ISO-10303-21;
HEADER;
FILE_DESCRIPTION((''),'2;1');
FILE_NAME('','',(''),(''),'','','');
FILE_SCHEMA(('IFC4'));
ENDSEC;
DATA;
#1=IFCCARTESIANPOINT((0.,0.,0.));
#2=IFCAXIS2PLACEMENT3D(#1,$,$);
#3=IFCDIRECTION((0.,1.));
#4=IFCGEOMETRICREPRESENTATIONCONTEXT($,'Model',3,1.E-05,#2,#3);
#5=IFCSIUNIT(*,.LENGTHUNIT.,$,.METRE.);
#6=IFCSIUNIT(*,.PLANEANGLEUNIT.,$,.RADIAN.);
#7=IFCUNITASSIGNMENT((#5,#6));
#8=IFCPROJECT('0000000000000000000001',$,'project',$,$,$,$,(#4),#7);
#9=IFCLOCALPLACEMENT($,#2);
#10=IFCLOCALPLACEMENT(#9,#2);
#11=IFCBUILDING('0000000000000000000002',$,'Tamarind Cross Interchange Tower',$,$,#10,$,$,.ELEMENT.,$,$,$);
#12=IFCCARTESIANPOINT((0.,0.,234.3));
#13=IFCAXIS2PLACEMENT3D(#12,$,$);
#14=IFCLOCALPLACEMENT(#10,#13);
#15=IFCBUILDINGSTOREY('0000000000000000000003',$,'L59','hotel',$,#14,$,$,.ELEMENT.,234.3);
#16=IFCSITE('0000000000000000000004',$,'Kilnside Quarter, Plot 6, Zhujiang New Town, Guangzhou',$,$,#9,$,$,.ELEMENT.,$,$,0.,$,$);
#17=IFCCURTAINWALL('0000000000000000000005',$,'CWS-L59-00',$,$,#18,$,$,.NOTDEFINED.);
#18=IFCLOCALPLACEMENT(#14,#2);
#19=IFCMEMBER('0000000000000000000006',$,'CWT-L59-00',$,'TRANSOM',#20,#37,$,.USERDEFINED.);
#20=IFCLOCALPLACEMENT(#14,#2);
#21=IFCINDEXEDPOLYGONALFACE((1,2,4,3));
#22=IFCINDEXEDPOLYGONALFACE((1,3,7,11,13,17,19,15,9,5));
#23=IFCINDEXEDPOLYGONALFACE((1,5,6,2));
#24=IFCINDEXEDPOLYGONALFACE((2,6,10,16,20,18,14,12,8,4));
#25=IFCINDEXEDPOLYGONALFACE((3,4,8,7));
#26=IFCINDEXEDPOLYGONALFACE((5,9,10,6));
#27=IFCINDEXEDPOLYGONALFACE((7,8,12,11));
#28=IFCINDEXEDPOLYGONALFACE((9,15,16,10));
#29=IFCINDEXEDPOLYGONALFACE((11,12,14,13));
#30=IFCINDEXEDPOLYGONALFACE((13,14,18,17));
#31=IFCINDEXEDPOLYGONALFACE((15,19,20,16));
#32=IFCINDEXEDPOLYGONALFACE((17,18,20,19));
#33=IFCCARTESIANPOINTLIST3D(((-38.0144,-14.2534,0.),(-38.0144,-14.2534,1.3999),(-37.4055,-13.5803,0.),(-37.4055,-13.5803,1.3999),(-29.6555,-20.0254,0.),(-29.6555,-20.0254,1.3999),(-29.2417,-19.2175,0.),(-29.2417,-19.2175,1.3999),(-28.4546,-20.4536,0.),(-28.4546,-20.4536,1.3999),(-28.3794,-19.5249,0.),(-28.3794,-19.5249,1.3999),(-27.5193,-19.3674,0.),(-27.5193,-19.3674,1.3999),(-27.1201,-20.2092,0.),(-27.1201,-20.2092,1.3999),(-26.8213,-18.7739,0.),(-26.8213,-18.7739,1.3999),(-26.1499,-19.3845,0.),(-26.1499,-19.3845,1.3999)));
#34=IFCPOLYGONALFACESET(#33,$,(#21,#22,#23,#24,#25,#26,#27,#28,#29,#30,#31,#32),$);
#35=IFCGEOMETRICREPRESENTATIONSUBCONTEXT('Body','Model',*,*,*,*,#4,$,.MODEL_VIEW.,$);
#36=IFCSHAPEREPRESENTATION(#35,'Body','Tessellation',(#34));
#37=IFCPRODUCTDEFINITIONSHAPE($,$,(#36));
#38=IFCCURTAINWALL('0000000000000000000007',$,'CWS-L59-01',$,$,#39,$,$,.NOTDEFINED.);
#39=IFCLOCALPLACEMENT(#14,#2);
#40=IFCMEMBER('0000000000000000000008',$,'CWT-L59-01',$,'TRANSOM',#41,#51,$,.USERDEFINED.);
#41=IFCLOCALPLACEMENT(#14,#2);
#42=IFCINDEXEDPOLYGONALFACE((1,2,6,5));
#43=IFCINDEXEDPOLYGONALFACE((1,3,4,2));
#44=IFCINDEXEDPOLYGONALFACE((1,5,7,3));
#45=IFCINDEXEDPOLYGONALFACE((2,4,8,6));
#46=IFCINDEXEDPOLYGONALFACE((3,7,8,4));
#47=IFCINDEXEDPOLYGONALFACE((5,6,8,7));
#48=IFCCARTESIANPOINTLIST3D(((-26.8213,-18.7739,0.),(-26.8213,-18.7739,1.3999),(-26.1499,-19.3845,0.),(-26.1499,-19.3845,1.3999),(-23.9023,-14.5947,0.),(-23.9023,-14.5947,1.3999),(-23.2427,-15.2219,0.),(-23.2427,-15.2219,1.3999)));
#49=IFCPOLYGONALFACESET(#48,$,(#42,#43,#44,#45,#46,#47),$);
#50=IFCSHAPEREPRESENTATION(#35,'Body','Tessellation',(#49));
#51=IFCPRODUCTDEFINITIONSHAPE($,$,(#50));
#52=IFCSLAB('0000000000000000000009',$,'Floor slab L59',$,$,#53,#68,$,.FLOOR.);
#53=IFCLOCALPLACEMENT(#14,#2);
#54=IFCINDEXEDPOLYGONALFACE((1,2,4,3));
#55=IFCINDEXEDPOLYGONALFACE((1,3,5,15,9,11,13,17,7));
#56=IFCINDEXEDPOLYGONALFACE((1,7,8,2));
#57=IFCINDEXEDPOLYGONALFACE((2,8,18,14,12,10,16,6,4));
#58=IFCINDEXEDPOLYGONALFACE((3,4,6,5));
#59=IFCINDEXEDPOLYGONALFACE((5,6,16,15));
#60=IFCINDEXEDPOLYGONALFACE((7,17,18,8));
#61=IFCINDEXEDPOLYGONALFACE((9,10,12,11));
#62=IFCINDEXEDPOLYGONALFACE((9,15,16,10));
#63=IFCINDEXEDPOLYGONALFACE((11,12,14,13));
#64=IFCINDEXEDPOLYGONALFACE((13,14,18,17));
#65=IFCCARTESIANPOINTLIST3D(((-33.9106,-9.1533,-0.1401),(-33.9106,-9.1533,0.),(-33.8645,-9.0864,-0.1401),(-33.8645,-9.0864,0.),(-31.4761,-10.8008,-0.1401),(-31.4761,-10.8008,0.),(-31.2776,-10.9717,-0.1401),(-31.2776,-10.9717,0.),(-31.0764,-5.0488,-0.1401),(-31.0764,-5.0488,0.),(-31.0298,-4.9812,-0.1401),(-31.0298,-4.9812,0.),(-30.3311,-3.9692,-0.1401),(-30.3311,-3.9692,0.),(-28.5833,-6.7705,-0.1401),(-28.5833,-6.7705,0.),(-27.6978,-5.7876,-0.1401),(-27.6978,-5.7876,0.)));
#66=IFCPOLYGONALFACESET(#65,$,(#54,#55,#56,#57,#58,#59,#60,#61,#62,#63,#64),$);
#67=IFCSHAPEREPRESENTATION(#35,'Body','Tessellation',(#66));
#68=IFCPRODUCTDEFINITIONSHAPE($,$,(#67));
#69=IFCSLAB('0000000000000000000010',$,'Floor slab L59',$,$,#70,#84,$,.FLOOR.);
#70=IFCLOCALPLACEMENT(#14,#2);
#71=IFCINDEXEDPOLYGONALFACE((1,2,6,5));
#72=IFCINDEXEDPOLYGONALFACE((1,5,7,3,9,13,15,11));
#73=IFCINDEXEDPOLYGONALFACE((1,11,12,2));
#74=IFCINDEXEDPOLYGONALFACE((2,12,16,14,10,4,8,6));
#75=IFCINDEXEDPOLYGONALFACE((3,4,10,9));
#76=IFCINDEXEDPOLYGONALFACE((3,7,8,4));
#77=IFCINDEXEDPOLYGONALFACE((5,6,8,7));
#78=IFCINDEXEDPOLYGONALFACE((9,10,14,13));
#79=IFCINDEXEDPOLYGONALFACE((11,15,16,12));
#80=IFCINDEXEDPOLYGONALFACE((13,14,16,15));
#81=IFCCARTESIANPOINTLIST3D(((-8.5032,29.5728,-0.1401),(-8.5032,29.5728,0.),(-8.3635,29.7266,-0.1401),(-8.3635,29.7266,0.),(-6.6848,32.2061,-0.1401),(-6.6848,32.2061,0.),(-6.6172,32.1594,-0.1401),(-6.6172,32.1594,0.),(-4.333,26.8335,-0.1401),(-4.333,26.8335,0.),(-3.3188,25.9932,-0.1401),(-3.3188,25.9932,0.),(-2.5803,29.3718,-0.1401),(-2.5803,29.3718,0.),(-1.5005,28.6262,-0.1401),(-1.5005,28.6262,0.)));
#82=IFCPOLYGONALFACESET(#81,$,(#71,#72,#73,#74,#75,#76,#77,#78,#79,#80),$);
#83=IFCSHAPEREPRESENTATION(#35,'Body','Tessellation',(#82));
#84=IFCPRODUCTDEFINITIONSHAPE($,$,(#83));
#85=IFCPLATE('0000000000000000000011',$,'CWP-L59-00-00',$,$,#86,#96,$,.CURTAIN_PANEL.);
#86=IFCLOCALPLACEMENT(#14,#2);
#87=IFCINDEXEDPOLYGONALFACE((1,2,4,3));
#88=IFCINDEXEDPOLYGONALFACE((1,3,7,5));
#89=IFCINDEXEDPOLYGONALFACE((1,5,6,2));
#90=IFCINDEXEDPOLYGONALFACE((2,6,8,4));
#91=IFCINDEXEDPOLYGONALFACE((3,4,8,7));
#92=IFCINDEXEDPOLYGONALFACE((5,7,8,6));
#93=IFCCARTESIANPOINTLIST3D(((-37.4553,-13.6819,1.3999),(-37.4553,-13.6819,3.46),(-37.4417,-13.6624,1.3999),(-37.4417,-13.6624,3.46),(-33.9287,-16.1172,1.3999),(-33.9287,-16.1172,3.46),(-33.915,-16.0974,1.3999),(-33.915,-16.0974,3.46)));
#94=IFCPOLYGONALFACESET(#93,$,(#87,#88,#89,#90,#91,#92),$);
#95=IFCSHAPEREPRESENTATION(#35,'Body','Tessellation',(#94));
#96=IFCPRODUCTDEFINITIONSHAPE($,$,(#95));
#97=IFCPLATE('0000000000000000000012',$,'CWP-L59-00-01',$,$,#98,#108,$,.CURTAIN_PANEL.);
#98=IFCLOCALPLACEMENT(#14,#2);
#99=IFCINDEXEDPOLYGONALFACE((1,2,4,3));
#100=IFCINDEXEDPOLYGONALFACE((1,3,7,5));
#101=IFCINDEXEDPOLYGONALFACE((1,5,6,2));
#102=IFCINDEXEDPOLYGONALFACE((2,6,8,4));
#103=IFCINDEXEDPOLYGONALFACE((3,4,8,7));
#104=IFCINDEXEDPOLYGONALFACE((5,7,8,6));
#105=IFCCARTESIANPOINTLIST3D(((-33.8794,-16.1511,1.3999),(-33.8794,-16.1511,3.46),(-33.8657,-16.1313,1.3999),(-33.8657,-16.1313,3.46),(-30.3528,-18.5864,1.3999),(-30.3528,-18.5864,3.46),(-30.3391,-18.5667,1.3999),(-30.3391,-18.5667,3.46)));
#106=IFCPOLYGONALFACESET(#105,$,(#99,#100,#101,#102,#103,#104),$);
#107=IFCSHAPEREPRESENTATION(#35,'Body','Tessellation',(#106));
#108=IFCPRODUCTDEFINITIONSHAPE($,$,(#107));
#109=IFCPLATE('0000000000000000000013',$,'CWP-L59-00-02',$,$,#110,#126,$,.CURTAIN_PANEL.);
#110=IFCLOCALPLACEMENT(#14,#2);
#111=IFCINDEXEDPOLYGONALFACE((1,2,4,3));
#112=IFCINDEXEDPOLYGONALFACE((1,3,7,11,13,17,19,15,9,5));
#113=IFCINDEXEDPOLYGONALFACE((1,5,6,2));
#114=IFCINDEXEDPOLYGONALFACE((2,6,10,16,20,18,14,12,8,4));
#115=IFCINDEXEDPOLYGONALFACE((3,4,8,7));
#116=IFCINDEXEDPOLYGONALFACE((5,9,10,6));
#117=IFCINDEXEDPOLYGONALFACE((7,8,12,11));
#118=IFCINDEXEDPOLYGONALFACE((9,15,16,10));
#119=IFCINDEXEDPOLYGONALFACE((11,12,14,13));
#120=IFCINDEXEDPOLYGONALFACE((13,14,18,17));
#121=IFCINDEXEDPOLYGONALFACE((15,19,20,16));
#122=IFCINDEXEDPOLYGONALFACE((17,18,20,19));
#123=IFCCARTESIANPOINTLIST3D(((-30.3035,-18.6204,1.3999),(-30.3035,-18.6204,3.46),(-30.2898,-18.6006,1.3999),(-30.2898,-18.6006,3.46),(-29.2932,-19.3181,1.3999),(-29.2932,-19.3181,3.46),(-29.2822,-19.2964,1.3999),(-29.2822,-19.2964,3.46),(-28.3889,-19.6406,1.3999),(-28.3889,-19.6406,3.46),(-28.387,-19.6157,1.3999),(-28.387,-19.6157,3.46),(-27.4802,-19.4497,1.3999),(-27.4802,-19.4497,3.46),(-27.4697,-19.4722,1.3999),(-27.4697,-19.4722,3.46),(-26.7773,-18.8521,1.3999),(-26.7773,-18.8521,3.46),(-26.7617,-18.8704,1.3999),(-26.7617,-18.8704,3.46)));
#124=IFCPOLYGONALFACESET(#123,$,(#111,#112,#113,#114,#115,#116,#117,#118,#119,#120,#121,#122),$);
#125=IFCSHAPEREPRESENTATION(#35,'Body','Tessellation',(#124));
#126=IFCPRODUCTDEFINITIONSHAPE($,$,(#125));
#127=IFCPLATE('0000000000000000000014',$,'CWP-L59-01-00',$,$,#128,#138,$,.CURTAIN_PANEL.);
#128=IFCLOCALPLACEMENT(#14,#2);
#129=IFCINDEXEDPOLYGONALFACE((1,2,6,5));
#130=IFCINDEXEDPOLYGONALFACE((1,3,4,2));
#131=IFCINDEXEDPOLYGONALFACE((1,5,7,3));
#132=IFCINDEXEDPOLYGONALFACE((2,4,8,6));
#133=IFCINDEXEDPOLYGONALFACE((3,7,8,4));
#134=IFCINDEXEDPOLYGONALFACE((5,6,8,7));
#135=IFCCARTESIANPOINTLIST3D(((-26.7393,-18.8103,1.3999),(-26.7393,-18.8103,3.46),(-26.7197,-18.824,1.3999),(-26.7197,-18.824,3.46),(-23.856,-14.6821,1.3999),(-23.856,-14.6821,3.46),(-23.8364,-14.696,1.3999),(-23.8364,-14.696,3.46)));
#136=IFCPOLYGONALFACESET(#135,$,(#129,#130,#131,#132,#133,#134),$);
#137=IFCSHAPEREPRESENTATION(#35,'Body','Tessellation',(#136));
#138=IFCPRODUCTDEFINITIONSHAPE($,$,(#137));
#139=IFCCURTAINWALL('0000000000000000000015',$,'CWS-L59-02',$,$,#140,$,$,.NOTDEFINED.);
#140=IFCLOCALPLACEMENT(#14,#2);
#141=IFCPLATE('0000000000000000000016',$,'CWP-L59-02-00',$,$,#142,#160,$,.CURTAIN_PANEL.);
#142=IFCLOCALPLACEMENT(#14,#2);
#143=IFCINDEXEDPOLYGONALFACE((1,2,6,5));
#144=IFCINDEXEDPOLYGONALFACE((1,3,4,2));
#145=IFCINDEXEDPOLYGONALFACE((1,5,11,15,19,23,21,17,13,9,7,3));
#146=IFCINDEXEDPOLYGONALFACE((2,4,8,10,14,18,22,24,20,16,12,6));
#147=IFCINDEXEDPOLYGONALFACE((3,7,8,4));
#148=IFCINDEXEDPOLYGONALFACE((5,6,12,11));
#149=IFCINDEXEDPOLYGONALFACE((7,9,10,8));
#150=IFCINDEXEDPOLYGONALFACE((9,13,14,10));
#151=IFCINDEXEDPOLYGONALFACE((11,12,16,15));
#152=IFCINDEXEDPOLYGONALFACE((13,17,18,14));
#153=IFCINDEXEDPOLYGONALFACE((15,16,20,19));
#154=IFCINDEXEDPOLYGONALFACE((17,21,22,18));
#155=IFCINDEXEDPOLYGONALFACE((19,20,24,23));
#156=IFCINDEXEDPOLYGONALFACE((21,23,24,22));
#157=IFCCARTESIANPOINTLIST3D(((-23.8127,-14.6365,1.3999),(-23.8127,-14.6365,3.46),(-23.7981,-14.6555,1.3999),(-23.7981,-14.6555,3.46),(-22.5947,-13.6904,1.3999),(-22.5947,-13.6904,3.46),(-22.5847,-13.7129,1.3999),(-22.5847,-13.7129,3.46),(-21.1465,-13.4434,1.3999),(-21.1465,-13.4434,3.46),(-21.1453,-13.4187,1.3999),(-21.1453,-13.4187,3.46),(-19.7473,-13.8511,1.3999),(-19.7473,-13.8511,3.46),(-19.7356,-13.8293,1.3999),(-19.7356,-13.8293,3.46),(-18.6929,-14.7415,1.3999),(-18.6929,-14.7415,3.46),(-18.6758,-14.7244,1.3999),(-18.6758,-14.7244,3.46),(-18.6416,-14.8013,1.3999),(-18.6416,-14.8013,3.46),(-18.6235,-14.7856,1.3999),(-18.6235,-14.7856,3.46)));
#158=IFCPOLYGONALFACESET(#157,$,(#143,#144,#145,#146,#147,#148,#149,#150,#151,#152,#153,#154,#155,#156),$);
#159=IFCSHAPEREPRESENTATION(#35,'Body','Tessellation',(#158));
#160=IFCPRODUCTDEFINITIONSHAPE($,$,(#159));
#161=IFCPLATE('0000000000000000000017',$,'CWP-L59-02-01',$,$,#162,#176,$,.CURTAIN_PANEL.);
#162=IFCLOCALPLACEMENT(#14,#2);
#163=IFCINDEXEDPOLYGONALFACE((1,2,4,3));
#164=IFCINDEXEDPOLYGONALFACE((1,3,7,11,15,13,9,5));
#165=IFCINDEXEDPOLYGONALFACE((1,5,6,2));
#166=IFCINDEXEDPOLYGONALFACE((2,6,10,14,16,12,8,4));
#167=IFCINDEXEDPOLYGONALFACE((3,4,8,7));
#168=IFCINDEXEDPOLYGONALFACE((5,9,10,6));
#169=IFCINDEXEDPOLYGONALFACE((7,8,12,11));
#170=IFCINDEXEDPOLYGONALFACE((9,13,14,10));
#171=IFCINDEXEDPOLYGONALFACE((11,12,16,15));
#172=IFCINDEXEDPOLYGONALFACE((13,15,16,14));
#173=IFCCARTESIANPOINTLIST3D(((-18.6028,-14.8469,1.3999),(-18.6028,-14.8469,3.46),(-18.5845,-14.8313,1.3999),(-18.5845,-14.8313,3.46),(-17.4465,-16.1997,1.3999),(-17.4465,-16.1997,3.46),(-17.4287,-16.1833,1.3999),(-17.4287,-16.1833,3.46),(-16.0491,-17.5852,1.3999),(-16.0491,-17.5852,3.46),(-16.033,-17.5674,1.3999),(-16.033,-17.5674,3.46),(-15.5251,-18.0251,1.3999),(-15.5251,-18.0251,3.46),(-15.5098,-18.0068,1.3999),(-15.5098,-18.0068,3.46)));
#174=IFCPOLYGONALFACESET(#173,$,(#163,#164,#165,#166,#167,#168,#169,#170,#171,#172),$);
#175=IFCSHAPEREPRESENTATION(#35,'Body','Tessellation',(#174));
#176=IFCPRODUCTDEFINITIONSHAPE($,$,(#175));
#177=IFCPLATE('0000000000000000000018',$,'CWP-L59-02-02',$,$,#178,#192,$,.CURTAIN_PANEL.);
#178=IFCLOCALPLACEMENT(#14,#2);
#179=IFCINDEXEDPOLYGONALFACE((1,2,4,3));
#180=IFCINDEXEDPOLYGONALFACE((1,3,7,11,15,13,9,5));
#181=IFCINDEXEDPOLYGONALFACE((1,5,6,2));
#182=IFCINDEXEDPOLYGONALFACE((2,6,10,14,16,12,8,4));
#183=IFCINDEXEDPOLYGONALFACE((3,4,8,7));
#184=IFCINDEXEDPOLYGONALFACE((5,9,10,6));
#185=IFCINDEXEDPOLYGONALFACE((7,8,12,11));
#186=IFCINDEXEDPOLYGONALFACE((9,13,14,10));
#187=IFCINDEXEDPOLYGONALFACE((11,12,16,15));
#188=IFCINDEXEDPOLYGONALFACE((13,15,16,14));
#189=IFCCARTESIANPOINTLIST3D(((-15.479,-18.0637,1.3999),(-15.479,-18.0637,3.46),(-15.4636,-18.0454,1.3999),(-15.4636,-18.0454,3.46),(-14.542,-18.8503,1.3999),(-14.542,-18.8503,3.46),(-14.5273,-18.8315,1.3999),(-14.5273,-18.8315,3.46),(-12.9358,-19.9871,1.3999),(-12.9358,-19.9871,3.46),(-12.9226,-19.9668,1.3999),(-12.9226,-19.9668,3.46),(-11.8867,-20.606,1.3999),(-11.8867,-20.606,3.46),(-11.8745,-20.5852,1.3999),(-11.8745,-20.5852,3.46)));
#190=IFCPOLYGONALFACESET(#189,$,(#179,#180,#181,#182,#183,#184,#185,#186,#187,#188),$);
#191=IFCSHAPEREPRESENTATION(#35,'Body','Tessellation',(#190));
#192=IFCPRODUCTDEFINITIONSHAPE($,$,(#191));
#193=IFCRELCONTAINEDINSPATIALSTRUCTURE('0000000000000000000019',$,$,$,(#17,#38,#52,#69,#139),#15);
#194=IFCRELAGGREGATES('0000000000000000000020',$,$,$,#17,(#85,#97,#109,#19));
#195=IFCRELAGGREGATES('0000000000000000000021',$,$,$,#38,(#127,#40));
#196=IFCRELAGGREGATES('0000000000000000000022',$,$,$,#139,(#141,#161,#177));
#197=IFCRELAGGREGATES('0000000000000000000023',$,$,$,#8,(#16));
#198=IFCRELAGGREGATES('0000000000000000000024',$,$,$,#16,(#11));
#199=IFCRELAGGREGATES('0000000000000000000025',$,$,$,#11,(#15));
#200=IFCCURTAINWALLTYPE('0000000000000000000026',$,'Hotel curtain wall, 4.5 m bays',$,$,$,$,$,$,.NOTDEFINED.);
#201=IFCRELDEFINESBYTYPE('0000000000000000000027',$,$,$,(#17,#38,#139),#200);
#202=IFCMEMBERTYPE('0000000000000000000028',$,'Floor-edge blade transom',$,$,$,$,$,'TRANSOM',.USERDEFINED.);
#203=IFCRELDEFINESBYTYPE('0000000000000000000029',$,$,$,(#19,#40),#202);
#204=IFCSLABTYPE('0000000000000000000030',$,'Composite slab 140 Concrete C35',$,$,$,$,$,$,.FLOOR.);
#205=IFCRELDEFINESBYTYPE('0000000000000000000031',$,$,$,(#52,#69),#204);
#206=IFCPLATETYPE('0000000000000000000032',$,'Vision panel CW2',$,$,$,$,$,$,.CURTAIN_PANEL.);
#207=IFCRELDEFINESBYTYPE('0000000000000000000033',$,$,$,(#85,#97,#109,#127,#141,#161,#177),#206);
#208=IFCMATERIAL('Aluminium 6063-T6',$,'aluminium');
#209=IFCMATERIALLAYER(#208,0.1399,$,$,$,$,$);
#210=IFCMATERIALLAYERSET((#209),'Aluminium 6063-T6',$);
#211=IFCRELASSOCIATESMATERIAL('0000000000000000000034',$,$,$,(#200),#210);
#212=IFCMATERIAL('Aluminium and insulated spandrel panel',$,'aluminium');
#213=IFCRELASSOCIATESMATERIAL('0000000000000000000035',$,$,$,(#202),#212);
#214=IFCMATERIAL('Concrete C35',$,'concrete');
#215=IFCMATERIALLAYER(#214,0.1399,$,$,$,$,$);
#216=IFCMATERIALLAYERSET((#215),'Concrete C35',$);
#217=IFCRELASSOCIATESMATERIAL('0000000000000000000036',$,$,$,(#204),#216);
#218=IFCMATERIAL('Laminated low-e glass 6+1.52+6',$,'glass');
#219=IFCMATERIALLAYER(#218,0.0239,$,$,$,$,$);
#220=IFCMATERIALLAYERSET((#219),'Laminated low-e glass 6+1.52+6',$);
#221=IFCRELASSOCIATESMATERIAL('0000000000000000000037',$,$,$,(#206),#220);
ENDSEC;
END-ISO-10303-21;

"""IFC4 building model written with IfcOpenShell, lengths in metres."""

from ifc_helpers import new_model, si_unit, direction, frame, origin, place, context, subcontext, project, spatial, polyline, outline, extrude, material, layer, layer_set, type_object, element, aggregate, save


model = new_model("IFC4")

# Units and contexts
model_context = context("Model", 3, precision=1e-05, world=origin(), true_north=direction((0.0, 1.0)))
body_context = subcontext(model_context, "Body", "Model", "MODEL_VIEW")
ifc_project = project(units=[si_unit("LENGTHUNIT", "METRE"), si_unit("PLANEANGLEUNIT", "RADIAN")], contexts=[model_context])

# Site, building, storey
site_placement = place(None, origin())
site = spatial("IfcSite", under=ifc_project, at=site_placement, Name="Kilnside Quarter, Plot 6, Zhujiang New Town, Guangzhou", CompositionType="ELEMENT", RefElevation=0.0)
building_placement = place(site_placement, origin())
building = spatial("IfcBuilding", under=site, at=building_placement, Name="Tamarind Cross Interchange Tower", CompositionType="ELEMENT")
storey_placement = place(building_placement, frame((0.0, 0.0, 234.3)))
storey = spatial("IfcBuildingStorey", under=building, at=storey_placement, Name="L59", Description="hotel", CompositionType="ELEMENT", Elevation=234.3)

# Curtain walls, members
ifc_material_1 = material(Name="Aluminium 6063-T6", Category="aluminium")
ifc_layer_1 = layer(ifc_material_1, 0.1399)
ifc_layer_set_1 = layer_set([ifc_layer_1], Name="Aluminium 6063-T6")
curtain_wall_type = type_object("IfcCurtainWallType", Name="Hotel curtain wall, 4.5 m bays", PredefinedType="NOTDEFINED", material=ifc_layer_set_1)
curtain_wall_1_placement = place(storey_placement, origin())
curtain_wall_1 = element("IfcCurtainWall", 1, at=curtain_wall_1_placement, inside=storey, type_object=curtain_wall_type, Name="CWS-L59-00", PredefinedType="NOTDEFINED")
ifc_material_2 = material(Name="Aluminium and insulated spandrel panel", Category="aluminium")
member_type = type_object("IfcMemberType", Name="Floor-edge blade transom", ElementType="TRANSOM", PredefinedType="USERDEFINED", material=ifc_material_2)
member_1_placement = place(storey_placement, origin())
member_1 = element("IfcMember", 2, at=member_1_placement, type_object=member_type, Name="CWT-L59-00", ObjectType="TRANSOM", PredefinedType="USERDEFINED", context=body_context, shape_type="SweptSolid", body=[
    extrude(outline(polyline([(-37.4055, -13.5803), (-29.2417, -19.2175), (-28.3794, -19.5249), (-27.5193, -19.3674), (-26.8213, -18.7739), (-26.1499, -19.3845), (-27.1201, -20.2092), (-28.4546, -20.4536), (-29.6555, -20.0254), (-38.0144, -14.2534), (-37.4055, -13.5803)])), origin(), (0.0, 0.0, 1.0), 1.3999),
])
curtain_wall_2_placement = place(storey_placement, origin())
curtain_wall_2 = element("IfcCurtainWall", 3, at=curtain_wall_2_placement, inside=storey, type_object=curtain_wall_type, Name="CWS-L59-01", PredefinedType="NOTDEFINED")
member_2_placement = place(storey_placement, origin())
member_2 = element("IfcMember", 4, at=member_2_placement, type_object=member_type, Name="CWT-L59-01", ObjectType="TRANSOM", PredefinedType="USERDEFINED", context=body_context, shape_type="SweptSolid", body=[
    extrude(outline(polyline([(-26.8213, -18.7739), (-23.9023, -14.5947), (-23.2427, -15.2219), (-26.1499, -19.3845), (-26.8213, -18.7739)])), origin(), (0.0, 0.0, 1.0), 1.3999),
])

# Slabs
ifc_material_3 = material(Name="Concrete C35", Category="concrete")
ifc_layer_2 = layer(ifc_material_3, 0.1399)
ifc_layer_set_2 = layer_set([ifc_layer_2], Name="Concrete C35")
slab_type = type_object("IfcSlabType", Name="Composite slab 140 Concrete C35", PredefinedType="FLOOR", material=ifc_layer_set_2)
slab_1_placement = place(storey_placement, frame((0.0, 0.0, -0.1401)))
element("IfcSlab", 5, at=slab_1_placement, inside=storey, type_object=slab_type, Name="Floor slab L59", PredefinedType="FLOOR", context=body_context, shape_type="SweptSolid", body=[
    extrude(outline(polyline([(-33.9106, -9.1533), (-31.2776, -10.9717), (-27.6978, -5.7876), (-30.3311, -3.9692), (-31.0298, -4.9812), (-31.0764, -5.0488), (-28.5833, -6.7705), (-31.4761, -10.8008), (-33.8645, -9.0864), (-33.9106, -9.1533)])), origin(), (0.0, 0.0, 1.0), 0.1401),
])
slab_2_placement = place(storey_placement, frame((0.0, 0.0, -0.1401)))
element("IfcSlab", 6, at=slab_2_placement, inside=storey, type_object=slab_type, Name="Floor slab L59", PredefinedType="FLOOR", context=body_context, shape_type="SweptSolid", body=[
    extrude(outline(polyline([(-6.6848, 32.2061), (-8.5032, 29.5728), (-3.3188, 25.9932), (-1.5005, 28.6262), (-2.5803, 29.3718), (-4.333, 26.8335), (-8.3635, 29.7266), (-6.6172, 32.1594), (-6.6848, 32.2061)])), origin(), (0.0, 0.0, 1.0), 0.1401),
])

# Plates
ifc_material_4 = material(Name="Laminated low-e glass 6+1.52+6", Category="glass")
ifc_layer_3 = layer(ifc_material_4, 0.0239)
ifc_layer_set_3 = layer_set([ifc_layer_3], Name="Laminated low-e glass 6+1.52+6")
plate_type = type_object("IfcPlateType", Name="Vision panel CW2", PredefinedType="CURTAIN_PANEL", material=ifc_layer_set_3)
plate_1_placement = place(storey_placement, frame((0.0, 0.0, 1.3999)))
plate_1 = element("IfcPlate", 7, at=plate_1_placement, type_object=plate_type, Name="CWP-L59-00-00", PredefinedType="CURTAIN_PANEL", context=body_context, shape_type="SweptSolid", body=[
    extrude(outline(polyline([(-37.4417, -13.6624), (-33.915, -16.0974), (-33.9287, -16.1172), (-37.4553, -13.6819), (-37.4417, -13.6624)])), origin(), (0.0, 0.0, 1.0), 2.0601),
])
plate_2_placement = place(storey_placement, frame((0.0, 0.0, 1.3999)))
plate_2 = element("IfcPlate", 8, at=plate_2_placement, type_object=plate_type, Name="CWP-L59-00-01", PredefinedType="CURTAIN_PANEL", context=body_context, shape_type="SweptSolid", body=[
    extrude(outline(polyline([(-33.8657, -16.1313), (-30.3391, -18.5667), (-30.3528, -18.5864), (-33.8794, -16.1511), (-33.8657, -16.1313)])), origin(), (0.0, 0.0, 1.0), 2.0601),
])
plate_3_placement = place(storey_placement, frame((0.0, 0.0, 1.3999)))
plate_3 = element("IfcPlate", 9, at=plate_3_placement, type_object=plate_type, Name="CWP-L59-00-02", PredefinedType="CURTAIN_PANEL", context=body_context, shape_type="SweptSolid", body=[
    extrude(outline(polyline([(-30.2898, -18.6006), (-29.2822, -19.2964), (-28.387, -19.6157), (-27.4802, -19.4497), (-26.7773, -18.8521), (-26.7617, -18.8704), (-27.4697, -19.4722), (-28.3889, -19.6406), (-29.2932, -19.3181), (-30.3035, -18.6204), (-30.2898, -18.6006)])), origin(), (0.0, 0.0, 1.0), 2.0601),
])
aggregate(curtain_wall_1, [plate_1, plate_2, plate_3, member_1])
plate_4_placement = place(storey_placement, frame((0.0, 0.0, 1.3999)))
plate_4 = element("IfcPlate", 10, at=plate_4_placement, type_object=plate_type, Name="CWP-L59-01-00", PredefinedType="CURTAIN_PANEL", context=body_context, shape_type="SweptSolid", body=[
    extrude(outline(polyline([(-26.7393, -18.8103), (-23.856, -14.6821), (-23.8364, -14.696), (-26.7197, -18.824), (-26.7393, -18.8103)])), origin(), (0.0, 0.0, 1.0), 2.0601),
])
aggregate(curtain_wall_2, [plate_4, member_2])

# Curtain wall, plates
curtain_wall_3_placement = place(storey_placement, origin())
curtain_wall_3 = element("IfcCurtainWall", 11, at=curtain_wall_3_placement, inside=storey, type_object=curtain_wall_type, Name="CWS-L59-02", PredefinedType="NOTDEFINED")
plate_5_placement = place(storey_placement, frame((0.0, 0.0, 1.3999)))
plate_5 = element("IfcPlate", 12, at=plate_5_placement, type_object=plate_type, Name="CWP-L59-02-00", PredefinedType="CURTAIN_PANEL", context=body_context, shape_type="SweptSolid", body=[
    extrude(outline(polyline([(-23.8127, -14.6365), (-22.5947, -13.6904), (-21.1453, -13.4187), (-19.7356, -13.8293), (-18.6758, -14.7244), (-18.6235, -14.7856), (-18.6416, -14.8013), (-18.6929, -14.7415), (-19.7473, -13.8511), (-21.1465, -13.4434), (-22.5847, -13.7129), (-23.7981, -14.6555), (-23.8127, -14.6365)])), origin(), (0.0, 0.0, 1.0), 2.0601),
])
plate_6_placement = place(storey_placement, frame((0.0, 0.0, 1.3999)))
plate_6 = element("IfcPlate", 13, at=plate_6_placement, type_object=plate_type, Name="CWP-L59-02-01", PredefinedType="CURTAIN_PANEL", context=body_context, shape_type="SweptSolid", body=[
    extrude(outline(polyline([(-18.5845, -14.8313), (-17.4287, -16.1833), (-16.033, -17.5674), (-15.5098, -18.0068), (-15.5251, -18.0251), (-16.0491, -17.5852), (-17.4465, -16.1997), (-18.6028, -14.8469), (-18.5845, -14.8313)])), origin(), (0.0, 0.0, 1.0), 2.0601),
])
plate_7_placement = place(storey_placement, frame((0.0, 0.0, 1.3999)))
plate_7 = element("IfcPlate", 14, at=plate_7_placement, type_object=plate_type, Name="CWP-L59-02-02", PredefinedType="CURTAIN_PANEL", context=body_context, shape_type="SweptSolid", body=[
    extrude(outline(polyline([(-15.4636, -18.0454), (-14.5273, -18.8315), (-12.9226, -19.9668), (-11.8745, -20.5852), (-11.8867, -20.606), (-12.9358, -19.9871), (-14.542, -18.8503), (-15.479, -18.0637), (-15.4636, -18.0454)])), origin(), (0.0, 0.0, 1.0), 2.0601),
])
aggregate(curtain_wall_3, [plate_5, plate_6, plate_7])

save(model, "model.ifc")
